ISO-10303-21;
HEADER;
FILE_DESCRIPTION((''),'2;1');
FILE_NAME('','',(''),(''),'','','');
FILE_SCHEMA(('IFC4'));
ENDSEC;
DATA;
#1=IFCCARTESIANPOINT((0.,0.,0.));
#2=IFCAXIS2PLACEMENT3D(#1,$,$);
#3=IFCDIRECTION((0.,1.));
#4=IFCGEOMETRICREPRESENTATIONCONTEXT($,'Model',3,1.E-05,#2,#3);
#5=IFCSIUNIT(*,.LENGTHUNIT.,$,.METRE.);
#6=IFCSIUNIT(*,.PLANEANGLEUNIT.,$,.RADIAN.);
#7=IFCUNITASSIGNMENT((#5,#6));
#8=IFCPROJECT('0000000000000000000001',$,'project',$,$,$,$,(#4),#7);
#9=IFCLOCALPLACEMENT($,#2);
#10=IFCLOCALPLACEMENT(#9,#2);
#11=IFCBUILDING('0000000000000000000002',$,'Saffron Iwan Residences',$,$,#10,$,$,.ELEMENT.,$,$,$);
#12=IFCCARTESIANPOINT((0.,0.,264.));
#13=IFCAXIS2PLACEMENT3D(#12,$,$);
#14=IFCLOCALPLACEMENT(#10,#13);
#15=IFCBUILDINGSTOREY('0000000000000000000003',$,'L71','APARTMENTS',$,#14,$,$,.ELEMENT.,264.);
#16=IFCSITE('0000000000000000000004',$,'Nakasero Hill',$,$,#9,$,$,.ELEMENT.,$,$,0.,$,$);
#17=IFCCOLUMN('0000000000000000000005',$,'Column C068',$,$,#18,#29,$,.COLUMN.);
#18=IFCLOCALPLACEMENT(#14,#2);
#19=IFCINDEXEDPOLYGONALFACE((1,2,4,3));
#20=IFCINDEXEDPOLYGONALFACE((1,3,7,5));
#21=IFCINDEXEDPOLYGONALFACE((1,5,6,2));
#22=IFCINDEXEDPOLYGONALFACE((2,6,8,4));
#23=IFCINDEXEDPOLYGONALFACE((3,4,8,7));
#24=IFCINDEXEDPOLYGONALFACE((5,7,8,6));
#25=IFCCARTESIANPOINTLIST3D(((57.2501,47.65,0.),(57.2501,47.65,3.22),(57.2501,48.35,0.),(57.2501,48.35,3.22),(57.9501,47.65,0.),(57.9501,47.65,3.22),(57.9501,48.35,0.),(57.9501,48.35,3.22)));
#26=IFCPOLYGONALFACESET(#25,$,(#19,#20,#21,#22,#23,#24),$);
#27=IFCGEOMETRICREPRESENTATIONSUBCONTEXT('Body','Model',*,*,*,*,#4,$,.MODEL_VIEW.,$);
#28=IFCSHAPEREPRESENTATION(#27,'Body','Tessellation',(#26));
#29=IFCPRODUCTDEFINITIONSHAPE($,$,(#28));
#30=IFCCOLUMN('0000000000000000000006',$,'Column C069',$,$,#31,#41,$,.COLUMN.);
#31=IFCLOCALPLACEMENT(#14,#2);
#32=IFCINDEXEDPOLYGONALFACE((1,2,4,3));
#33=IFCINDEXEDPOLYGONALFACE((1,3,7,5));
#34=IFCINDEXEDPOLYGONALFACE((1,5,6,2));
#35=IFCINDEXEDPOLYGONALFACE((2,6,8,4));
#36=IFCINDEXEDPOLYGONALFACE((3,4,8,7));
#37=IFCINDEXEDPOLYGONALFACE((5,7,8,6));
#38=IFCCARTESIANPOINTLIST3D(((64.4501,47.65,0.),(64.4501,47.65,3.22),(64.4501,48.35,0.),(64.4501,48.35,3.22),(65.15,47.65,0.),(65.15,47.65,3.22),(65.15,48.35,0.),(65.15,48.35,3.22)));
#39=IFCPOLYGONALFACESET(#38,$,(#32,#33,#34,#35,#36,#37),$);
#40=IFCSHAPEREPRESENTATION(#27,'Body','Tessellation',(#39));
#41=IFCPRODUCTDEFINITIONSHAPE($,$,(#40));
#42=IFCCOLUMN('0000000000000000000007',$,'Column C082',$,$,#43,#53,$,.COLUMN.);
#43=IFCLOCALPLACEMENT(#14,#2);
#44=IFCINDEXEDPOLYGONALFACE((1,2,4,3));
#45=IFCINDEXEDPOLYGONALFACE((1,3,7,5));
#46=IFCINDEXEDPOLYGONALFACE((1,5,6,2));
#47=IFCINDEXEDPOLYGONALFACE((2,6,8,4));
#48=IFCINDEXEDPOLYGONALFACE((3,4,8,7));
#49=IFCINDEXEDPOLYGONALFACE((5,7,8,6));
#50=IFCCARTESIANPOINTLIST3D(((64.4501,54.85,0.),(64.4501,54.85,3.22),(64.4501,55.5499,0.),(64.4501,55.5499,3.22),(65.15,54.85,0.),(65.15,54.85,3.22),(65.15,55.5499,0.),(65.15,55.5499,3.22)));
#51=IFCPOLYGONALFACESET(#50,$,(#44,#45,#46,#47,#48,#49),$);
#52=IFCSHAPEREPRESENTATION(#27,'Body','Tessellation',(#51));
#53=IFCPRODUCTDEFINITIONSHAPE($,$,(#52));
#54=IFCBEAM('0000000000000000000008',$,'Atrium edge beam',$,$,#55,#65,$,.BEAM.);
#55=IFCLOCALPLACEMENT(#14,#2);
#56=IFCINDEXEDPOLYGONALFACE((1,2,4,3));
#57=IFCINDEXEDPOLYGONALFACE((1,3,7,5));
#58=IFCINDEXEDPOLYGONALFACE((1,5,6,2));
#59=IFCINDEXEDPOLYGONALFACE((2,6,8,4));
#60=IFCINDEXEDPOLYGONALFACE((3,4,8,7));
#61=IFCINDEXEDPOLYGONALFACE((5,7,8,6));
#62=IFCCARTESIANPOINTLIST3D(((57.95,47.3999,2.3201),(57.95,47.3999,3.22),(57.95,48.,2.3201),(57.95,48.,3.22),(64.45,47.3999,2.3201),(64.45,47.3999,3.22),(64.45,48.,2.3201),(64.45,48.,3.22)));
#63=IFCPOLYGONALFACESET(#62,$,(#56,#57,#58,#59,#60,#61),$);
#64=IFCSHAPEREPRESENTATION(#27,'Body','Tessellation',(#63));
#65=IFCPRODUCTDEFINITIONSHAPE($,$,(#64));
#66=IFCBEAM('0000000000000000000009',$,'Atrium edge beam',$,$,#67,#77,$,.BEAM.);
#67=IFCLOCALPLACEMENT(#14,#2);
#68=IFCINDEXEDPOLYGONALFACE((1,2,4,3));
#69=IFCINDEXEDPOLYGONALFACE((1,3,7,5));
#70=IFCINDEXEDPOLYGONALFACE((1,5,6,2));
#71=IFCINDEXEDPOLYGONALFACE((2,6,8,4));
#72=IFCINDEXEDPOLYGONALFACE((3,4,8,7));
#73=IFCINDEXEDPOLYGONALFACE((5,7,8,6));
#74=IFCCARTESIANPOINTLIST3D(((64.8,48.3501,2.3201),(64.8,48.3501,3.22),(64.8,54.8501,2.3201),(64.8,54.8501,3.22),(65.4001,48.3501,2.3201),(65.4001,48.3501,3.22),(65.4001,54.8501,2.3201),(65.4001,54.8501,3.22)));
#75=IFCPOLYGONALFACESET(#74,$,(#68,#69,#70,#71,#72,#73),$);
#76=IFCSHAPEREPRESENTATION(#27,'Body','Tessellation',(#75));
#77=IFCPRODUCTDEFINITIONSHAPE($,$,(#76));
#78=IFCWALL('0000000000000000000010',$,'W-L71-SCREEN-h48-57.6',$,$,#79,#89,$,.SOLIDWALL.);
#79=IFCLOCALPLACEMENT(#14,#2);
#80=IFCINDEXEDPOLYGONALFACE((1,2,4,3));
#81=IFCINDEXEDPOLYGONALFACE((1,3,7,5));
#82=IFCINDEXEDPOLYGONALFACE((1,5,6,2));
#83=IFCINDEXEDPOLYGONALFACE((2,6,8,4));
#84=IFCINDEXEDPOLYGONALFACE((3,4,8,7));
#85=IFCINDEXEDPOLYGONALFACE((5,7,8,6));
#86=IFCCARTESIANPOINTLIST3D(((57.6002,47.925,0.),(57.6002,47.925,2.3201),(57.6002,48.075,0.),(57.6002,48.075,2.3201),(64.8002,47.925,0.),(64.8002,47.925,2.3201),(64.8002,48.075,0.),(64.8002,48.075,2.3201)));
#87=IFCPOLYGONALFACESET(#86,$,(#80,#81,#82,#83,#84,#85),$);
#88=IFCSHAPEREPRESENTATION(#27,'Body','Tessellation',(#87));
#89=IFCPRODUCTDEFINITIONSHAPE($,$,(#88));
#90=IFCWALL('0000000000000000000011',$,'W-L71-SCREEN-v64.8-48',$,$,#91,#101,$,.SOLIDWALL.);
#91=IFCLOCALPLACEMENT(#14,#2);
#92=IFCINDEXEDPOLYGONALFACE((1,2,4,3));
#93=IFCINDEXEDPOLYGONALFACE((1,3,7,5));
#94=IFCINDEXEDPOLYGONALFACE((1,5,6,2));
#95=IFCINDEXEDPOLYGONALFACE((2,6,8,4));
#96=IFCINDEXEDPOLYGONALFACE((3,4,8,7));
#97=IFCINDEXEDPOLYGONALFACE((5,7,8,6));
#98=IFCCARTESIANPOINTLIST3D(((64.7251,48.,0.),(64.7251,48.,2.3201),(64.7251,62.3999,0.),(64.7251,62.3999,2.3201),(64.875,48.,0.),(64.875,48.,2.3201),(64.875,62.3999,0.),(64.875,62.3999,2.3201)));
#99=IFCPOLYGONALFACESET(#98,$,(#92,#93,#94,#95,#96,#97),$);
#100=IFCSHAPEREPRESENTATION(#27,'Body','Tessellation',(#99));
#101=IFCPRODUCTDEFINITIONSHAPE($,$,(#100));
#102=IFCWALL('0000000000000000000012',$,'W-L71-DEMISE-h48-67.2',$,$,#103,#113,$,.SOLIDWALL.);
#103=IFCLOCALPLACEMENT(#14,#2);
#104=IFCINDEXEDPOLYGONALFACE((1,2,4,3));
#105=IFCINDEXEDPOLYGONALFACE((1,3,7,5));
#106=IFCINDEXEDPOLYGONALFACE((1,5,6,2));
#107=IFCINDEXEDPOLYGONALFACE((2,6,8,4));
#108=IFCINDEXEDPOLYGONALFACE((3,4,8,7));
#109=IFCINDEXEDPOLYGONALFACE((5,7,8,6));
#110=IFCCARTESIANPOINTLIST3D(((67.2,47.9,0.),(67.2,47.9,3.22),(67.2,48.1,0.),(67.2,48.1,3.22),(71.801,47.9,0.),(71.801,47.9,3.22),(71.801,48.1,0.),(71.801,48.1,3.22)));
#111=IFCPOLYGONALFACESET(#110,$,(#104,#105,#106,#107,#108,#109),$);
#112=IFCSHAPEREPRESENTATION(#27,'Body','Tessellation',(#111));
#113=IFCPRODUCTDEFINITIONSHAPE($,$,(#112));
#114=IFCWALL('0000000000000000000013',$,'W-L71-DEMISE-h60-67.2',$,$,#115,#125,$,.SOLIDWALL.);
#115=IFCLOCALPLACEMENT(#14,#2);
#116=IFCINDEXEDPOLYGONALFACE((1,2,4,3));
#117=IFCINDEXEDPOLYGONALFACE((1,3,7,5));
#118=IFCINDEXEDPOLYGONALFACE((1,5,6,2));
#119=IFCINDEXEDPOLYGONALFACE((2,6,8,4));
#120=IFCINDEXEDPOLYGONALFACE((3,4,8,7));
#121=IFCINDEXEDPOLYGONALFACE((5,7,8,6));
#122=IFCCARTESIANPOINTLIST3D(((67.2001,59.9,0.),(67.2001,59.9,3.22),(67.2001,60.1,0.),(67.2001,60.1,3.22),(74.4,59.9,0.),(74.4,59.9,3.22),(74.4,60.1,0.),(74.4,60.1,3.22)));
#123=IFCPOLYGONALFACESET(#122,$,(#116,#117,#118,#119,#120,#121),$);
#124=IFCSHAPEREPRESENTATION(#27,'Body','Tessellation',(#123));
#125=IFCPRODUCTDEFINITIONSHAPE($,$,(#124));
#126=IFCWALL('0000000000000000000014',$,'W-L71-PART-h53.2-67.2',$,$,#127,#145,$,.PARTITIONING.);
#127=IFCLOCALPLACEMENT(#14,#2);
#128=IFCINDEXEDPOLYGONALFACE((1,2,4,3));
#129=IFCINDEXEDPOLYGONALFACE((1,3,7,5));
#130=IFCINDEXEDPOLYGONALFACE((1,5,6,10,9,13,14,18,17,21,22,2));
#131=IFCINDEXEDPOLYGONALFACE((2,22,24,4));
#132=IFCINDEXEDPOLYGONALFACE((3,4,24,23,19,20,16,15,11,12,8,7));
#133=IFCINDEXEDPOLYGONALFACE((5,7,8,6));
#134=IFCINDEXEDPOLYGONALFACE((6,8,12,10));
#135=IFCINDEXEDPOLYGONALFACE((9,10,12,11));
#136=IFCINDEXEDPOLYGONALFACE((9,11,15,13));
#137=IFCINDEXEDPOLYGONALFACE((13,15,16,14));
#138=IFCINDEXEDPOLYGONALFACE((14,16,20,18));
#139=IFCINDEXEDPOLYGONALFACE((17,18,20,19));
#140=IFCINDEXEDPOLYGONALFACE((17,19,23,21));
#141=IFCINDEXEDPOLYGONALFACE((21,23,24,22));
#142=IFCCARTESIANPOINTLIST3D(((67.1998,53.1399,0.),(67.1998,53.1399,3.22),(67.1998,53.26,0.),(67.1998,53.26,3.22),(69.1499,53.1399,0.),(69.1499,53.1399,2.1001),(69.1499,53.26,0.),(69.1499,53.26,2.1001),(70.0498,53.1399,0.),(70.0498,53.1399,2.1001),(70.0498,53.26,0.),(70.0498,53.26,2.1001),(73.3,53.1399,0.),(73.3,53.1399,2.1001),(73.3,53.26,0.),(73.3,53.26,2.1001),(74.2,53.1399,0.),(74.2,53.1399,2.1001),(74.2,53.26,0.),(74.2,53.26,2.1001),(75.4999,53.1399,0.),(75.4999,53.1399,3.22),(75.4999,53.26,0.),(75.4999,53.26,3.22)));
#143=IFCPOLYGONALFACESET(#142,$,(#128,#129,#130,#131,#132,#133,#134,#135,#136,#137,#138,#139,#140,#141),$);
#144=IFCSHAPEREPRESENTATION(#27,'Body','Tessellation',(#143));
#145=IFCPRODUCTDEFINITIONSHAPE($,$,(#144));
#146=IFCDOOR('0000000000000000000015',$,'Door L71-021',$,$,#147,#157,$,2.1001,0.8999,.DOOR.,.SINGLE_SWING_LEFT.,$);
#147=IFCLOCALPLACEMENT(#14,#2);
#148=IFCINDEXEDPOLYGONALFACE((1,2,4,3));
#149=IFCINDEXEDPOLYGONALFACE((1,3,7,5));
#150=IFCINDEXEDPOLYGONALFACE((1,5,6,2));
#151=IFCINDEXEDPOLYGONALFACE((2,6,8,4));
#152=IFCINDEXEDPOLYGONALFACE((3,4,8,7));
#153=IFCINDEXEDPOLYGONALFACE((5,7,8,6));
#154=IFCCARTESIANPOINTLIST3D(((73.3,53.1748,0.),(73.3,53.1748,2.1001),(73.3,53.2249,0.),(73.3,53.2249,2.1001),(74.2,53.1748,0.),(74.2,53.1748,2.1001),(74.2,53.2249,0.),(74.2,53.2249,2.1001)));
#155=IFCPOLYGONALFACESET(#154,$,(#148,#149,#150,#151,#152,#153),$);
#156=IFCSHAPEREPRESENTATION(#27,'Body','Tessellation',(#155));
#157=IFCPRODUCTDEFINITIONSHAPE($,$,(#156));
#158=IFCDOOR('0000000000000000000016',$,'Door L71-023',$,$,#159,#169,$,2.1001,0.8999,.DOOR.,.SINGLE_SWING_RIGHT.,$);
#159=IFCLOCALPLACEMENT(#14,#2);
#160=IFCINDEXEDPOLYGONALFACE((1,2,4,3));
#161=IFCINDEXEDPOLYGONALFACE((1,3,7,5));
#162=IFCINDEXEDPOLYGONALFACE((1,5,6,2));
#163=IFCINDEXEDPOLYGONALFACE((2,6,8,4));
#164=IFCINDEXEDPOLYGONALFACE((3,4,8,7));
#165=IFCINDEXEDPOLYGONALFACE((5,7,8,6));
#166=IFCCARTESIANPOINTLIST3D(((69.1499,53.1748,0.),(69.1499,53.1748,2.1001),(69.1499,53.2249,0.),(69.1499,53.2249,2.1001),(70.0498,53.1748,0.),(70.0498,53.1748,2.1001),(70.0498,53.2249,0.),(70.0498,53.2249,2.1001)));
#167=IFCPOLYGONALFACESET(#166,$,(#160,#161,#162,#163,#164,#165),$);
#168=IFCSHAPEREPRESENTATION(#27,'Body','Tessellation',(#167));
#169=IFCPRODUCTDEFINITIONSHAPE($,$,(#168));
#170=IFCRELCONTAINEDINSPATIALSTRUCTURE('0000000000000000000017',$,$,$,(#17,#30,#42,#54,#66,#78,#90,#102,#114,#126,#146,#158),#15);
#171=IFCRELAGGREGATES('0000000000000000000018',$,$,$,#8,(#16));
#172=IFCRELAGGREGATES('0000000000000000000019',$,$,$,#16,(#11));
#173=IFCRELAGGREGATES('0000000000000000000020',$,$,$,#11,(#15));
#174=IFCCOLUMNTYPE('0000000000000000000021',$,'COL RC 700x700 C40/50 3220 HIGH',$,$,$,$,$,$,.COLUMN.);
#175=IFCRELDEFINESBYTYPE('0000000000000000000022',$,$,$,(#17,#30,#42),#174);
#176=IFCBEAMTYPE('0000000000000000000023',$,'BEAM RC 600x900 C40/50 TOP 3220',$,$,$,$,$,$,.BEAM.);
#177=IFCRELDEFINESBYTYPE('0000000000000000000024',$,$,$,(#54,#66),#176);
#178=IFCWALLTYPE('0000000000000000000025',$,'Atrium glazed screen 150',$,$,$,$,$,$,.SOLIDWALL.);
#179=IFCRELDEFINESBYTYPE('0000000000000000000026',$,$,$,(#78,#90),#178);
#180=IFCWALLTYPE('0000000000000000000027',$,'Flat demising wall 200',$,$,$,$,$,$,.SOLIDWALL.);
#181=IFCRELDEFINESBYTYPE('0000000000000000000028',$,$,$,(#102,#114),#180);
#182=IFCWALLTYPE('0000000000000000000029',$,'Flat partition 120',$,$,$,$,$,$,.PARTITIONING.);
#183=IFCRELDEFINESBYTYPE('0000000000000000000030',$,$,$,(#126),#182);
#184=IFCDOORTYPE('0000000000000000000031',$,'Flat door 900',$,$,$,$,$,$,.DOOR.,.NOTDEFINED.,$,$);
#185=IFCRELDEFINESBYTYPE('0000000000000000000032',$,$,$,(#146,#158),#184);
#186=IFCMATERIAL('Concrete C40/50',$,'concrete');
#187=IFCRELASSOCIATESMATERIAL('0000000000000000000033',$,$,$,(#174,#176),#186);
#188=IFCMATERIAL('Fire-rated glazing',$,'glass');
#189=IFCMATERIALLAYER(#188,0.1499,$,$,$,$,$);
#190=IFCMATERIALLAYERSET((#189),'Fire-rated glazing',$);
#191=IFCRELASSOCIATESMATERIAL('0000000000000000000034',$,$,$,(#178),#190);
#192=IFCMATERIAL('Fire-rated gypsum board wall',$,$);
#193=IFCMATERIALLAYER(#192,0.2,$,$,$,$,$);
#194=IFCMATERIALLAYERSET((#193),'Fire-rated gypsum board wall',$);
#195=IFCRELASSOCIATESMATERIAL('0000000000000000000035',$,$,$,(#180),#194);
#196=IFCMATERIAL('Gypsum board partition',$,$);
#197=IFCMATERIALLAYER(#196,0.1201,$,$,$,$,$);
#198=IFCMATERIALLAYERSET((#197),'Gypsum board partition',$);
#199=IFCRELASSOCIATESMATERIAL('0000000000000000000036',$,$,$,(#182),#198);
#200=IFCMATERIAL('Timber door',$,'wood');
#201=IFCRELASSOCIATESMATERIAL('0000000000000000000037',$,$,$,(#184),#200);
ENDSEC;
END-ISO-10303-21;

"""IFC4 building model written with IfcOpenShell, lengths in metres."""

from ifc_helpers import new_model, si_unit, direction, frame, frame_2d, origin, origin_2d, place, context, subcontext, project, spatial, rectangle, extrude, source, transform, mapped, material, layer, layer_set, material_profile, profile_set, type_object, element, fill, save


model = new_model("IFC4")

# Units and contexts
model_context = context("Model", 3, precision=1e-05, world=origin(), true_north=direction((0.0, 1.0)))
body_context = subcontext(model_context, "Body", "Model", "MODEL_VIEW")
ifc_project = project(units=[si_unit("LENGTHUNIT", "METRE"), si_unit("PLANEANGLEUNIT", "RADIAN")], contexts=[model_context])

# Site, building, storey
site_placement = place(None, origin())
site = spatial("IfcSite", under=ifc_project, at=site_placement, Name="Nakasero Hill", CompositionType="ELEMENT", RefElevation=0.0)
building_placement = place(site_placement, origin())
building = spatial("IfcBuilding", under=site, at=building_placement, Name="Saffron Iwan Residences", CompositionType="ELEMENT")
storey_placement = place(building_placement, frame((0.0, 0.0, 264.0)))
storey = spatial("IfcBuildingStorey", under=building, at=storey_placement, Name="L71", Description="APARTMENTS", CompositionType="ELEMENT", Elevation=264.0)

# Columns
ifc_material_1 = material(Name="Concrete C40/50", Category="concrete")
ifc_material_profile_1 = material_profile(ifc_material_1, rectangle(XDim=0.7, YDim=0.7, at=origin_2d()), Name="RC 700x700")
ifc_profile_set_1 = profile_set([ifc_material_profile_1], Name="Concrete C40/50")
column_type = type_object("IfcColumnType", Name="COL RC 700x700 C40/50 3220 HIGH", PredefinedType="COLUMN", material=ifc_profile_set_1)
shared_shape_1 = source(origin(), body_context, "Body", "SweptSolid", [
    extrude(rectangle(XDim=0.7, YDim=0.7, at=origin_2d()), origin(), (0.0, 0.0, 1.0), 3.22),
])
for number, where, z_axis, x_axis, name in (
    (1, (57.6001, 48.0, 0.0), (0.0, 0.0, 1.0), (1.0, 0.0, 0.0), "Column C068"),
    (2, (64.8, 48.0, 0.0), (0.0, 0.0, 1.0), (1.0, 0.0, 0.0), "Column C069"),
    (3, (64.8, 55.2, 0.0), (0.0, 0.0, 1.0), (1.0, 0.0, 0.0), "Column C082"),
):
    element("IfcColumn", number, at=place(storey_placement, frame(where, z_axis=z_axis, x_axis=x_axis)), inside=storey, type_object=column_type, Name=name, PredefinedType="COLUMN", context=body_context, shape_type="MappedRepresentation", body=[
        mapped(shared_shape_1, transform((0.0, 0.0, 0.0))),
    ])

# Beams
ifc_material_profile_2 = material_profile(ifc_material_1, rectangle(XDim=0.6001, YDim=0.8999, at=origin_2d()), Name="RC 600x900")
ifc_profile_set_2 = profile_set([ifc_material_profile_2], Name="Concrete C40/50")
beam_type = type_object("IfcBeamType", Name="BEAM RC 600x900 C40/50 TOP 3220", PredefinedType="BEAM", material=ifc_profile_set_2)
shared_shape_2 = source(origin(), body_context, "Body", "SweptSolid", [
    extrude(rectangle(XDim=0.6001, YDim=0.8999, at=origin_2d()), origin(), (0.0, 0.0, 1.0), 6.5),
])
for number, where, z_axis, x_axis, name in (
    (4, (64.45, 47.7, 2.77), (-1.0, 0.0, 0.0), (0.0, -1.0, 0.0), "Atrium edge beam"),
    (5, (65.1001, 54.8501, 2.77), (0.0, -1.0, 0.0), (1.0, 0.0, 0.0), "Atrium edge beam"),
):
    element("IfcBeam", number, at=place(storey_placement, frame(where, z_axis=z_axis, x_axis=x_axis)), inside=storey, type_object=beam_type, Name=name, PredefinedType="BEAM", context=body_context, shape_type="MappedRepresentation", body=[
        mapped(shared_shape_2, transform((0.0, 0.0, 0.0))),
    ])

# Walls
ifc_material_2 = material(Name="Fire-rated glazing", Category="glass")
ifc_layer_1 = layer(ifc_material_2, 0.1499)
ifc_layer_set_1 = layer_set([ifc_layer_1], Name="Fire-rated glazing")
wall_type_1 = type_object("IfcWallType", Name="Atrium glazed screen 150", PredefinedType="SOLIDWALL", material=ifc_layer_set_1)
wall_1_placement = place(storey_placement, frame((57.6001, 48.0, 0.0), z_axis=(0.0, 0.0, 1.0), x_axis=(1.0, 0.0, 0.0)))
element("IfcWall", 6, at=wall_1_placement, inside=storey, type_object=wall_type_1, Name="W-L71-SCREEN-h48-57.6", PredefinedType="SOLIDWALL", context=body_context, shape_type="SweptSolid", body=[
    extrude(rectangle(XDim=7.2, YDim=0.1499, at=frame_2d((3.6001, 0.0))), origin(), (0.0, 0.0, 1.0), 2.3201),
])
wall_2_placement = place(storey_placement, frame((64.8, 48.0, 0.0), z_axis=(0.0, 0.0, 1.0), x_axis=(0.0, 1.0, 0.0)))
element("IfcWall", 7, at=wall_2_placement, inside=storey, type_object=wall_type_1, Name="W-L71-SCREEN-v64.8-48", PredefinedType="SOLIDWALL", context=body_context, shape_type="SweptSolid", body=[
    extrude(rectangle(XDim=14.3999, YDim=0.1499, at=frame_2d((7.2, 0.0))), origin(), (0.0, 0.0, 1.0), 2.3201),
])
ifc_material_3 = material(Name="Fire-rated gypsum board wall")
ifc_layer_2 = layer(ifc_material_3, 0.2)
ifc_layer_set_2 = layer_set([ifc_layer_2], Name="Fire-rated gypsum board wall")
wall_type_2 = type_object("IfcWallType", Name="Flat demising wall 200", PredefinedType="SOLIDWALL", material=ifc_layer_set_2)
wall_3_placement = place(storey_placement, frame((67.2, 48.0, 0.0), z_axis=(0.0, 0.0, 1.0), x_axis=(1.0, 0.0, 0.0)))
element("IfcWall", 8, at=wall_3_placement, inside=storey, type_object=wall_type_2, Name="W-L71-DEMISE-h48-67.2", PredefinedType="SOLIDWALL", context=body_context, shape_type="SweptSolid", body=[
    extrude(rectangle(XDim=4.6011, YDim=0.2, at=frame_2d((2.3005, 0.0))), origin(), (0.0, 0.0, 1.0), 3.22),
])
wall_4_placement = place(storey_placement, frame((67.2, 60.0, 0.0), z_axis=(0.0, 0.0, 1.0), x_axis=(1.0, 0.0, 0.0)))
element("IfcWall", 9, at=wall_4_placement, inside=storey, type_object=wall_type_2, Name="W-L71-DEMISE-h60-67.2", PredefinedType="SOLIDWALL", context=body_context, shape_type="SweptSolid", body=[
    extrude(rectangle(XDim=7.2, YDim=0.2, at=frame_2d((3.6001, 0.0))), origin(), (0.0, 0.0, 1.0), 3.22),
])

# Wall, openings, doors
ifc_material_4 = material(Name="Gypsum board partition")
ifc_layer_3 = layer(ifc_material_4, 0.1201)
ifc_layer_set_3 = layer_set([ifc_layer_3], Name="Gypsum board partition")
wall_type_3 = type_object("IfcWallType", Name="Flat partition 120", PredefinedType="PARTITIONING", material=ifc_layer_set_3)
wall_5_placement = place(storey_placement, frame((67.2, 53.2, 0.0), z_axis=(0.0, 0.0, 1.0), x_axis=(1.0, 0.0, 0.0)))
wall_5 = element("IfcWall", 10, at=wall_5_placement, inside=storey, type_object=wall_type_3, Name="W-L71-PART-h53.2-67.2", PredefinedType="PARTITIONING", context=body_context, shape_type="SweptSolid", body=[
    extrude(rectangle(XDim=8.3, YDim=0.1201, at=frame_2d((4.1499, 0.0))), origin(), (0.0, 0.0, 1.0), 3.22),
])
opening_1_placement = place(wall_5_placement, frame((6.1001, 0.0, 0.0)))
opening_1 = element("IfcOpeningElement", 11, at=opening_1_placement, cuts=wall_5, PredefinedType="OPENING", context=body_context, shape_type="SweptSolid", body=[
    extrude(rectangle(XDim=0.8999, YDim=2.1001, at=frame_2d((0.45, 1.05))), frame((0.0, 0.0701, 0.0), z_axis=(0.0, -1.0, 0.0), x_axis=(1.0, 0.0, 0.0)), (0.0, 0.0, 1.0), 0.1401),
])
opening_2_placement = place(wall_5_placement, frame((1.95, 0.0, 0.0)))
opening_2 = element("IfcOpeningElement", 12, at=opening_2_placement, cuts=wall_5, PredefinedType="OPENING", context=body_context, shape_type="SweptSolid", body=[
    extrude(rectangle(XDim=0.8999, YDim=2.1001, at=frame_2d((0.45, 1.05))), frame((0.0, 0.0701, 0.0), z_axis=(0.0, -1.0, 0.0), x_axis=(1.0, 0.0, 0.0)), (0.0, 0.0, 1.0), 0.1401),
])
ifc_material_5 = material(Name="Timber door", Category="wood")
door_type = type_object("IfcDoorType", Name="Flat door 900", OperationType="NOTDEFINED", PredefinedType="DOOR", material=ifc_material_5)
door_1_placement = place(opening_1_placement, origin())
door_1 = element("IfcDoor", 13, at=door_1_placement, inside=storey, type_object=door_type, Name="Door L71-021", OperationType="SINGLE_SWING_LEFT", OverallHeight=2.1001, OverallWidth=0.8999, PredefinedType="DOOR", context=body_context, shape_type="SweptSolid", body=[
    extrude(rectangle(XDim=0.8999, YDim=2.1001, at=frame_2d((0.45, 1.05))), frame((0.0, 0.0249, 0.0), z_axis=(0.0, -1.0, 0.0), x_axis=(1.0, 0.0, 0.0)), (0.0, 0.0, 1.0), 0.05),
])
fill(opening_1, door_1)
door_2_placement = place(opening_2_placement, origin())
door_2 = element("IfcDoor", 14, at=door_2_placement, inside=storey, type_object=door_type, Name="Door L71-023", OperationType="SINGLE_SWING_RIGHT", OverallHeight=2.1001, OverallWidth=0.8999, PredefinedType="DOOR", context=body_context, shape_type="SweptSolid", body=[
    extrude(rectangle(XDim=0.8999, YDim=2.1001, at=frame_2d((0.45, 1.05))), frame((0.0, 0.0249, 0.0), z_axis=(0.0, -1.0, 0.0), x_axis=(1.0, 0.0, 0.0)), (0.0, 0.0, 1.0), 0.05),
])
fill(opening_2, door_2)

save(model, "model.ifc")
